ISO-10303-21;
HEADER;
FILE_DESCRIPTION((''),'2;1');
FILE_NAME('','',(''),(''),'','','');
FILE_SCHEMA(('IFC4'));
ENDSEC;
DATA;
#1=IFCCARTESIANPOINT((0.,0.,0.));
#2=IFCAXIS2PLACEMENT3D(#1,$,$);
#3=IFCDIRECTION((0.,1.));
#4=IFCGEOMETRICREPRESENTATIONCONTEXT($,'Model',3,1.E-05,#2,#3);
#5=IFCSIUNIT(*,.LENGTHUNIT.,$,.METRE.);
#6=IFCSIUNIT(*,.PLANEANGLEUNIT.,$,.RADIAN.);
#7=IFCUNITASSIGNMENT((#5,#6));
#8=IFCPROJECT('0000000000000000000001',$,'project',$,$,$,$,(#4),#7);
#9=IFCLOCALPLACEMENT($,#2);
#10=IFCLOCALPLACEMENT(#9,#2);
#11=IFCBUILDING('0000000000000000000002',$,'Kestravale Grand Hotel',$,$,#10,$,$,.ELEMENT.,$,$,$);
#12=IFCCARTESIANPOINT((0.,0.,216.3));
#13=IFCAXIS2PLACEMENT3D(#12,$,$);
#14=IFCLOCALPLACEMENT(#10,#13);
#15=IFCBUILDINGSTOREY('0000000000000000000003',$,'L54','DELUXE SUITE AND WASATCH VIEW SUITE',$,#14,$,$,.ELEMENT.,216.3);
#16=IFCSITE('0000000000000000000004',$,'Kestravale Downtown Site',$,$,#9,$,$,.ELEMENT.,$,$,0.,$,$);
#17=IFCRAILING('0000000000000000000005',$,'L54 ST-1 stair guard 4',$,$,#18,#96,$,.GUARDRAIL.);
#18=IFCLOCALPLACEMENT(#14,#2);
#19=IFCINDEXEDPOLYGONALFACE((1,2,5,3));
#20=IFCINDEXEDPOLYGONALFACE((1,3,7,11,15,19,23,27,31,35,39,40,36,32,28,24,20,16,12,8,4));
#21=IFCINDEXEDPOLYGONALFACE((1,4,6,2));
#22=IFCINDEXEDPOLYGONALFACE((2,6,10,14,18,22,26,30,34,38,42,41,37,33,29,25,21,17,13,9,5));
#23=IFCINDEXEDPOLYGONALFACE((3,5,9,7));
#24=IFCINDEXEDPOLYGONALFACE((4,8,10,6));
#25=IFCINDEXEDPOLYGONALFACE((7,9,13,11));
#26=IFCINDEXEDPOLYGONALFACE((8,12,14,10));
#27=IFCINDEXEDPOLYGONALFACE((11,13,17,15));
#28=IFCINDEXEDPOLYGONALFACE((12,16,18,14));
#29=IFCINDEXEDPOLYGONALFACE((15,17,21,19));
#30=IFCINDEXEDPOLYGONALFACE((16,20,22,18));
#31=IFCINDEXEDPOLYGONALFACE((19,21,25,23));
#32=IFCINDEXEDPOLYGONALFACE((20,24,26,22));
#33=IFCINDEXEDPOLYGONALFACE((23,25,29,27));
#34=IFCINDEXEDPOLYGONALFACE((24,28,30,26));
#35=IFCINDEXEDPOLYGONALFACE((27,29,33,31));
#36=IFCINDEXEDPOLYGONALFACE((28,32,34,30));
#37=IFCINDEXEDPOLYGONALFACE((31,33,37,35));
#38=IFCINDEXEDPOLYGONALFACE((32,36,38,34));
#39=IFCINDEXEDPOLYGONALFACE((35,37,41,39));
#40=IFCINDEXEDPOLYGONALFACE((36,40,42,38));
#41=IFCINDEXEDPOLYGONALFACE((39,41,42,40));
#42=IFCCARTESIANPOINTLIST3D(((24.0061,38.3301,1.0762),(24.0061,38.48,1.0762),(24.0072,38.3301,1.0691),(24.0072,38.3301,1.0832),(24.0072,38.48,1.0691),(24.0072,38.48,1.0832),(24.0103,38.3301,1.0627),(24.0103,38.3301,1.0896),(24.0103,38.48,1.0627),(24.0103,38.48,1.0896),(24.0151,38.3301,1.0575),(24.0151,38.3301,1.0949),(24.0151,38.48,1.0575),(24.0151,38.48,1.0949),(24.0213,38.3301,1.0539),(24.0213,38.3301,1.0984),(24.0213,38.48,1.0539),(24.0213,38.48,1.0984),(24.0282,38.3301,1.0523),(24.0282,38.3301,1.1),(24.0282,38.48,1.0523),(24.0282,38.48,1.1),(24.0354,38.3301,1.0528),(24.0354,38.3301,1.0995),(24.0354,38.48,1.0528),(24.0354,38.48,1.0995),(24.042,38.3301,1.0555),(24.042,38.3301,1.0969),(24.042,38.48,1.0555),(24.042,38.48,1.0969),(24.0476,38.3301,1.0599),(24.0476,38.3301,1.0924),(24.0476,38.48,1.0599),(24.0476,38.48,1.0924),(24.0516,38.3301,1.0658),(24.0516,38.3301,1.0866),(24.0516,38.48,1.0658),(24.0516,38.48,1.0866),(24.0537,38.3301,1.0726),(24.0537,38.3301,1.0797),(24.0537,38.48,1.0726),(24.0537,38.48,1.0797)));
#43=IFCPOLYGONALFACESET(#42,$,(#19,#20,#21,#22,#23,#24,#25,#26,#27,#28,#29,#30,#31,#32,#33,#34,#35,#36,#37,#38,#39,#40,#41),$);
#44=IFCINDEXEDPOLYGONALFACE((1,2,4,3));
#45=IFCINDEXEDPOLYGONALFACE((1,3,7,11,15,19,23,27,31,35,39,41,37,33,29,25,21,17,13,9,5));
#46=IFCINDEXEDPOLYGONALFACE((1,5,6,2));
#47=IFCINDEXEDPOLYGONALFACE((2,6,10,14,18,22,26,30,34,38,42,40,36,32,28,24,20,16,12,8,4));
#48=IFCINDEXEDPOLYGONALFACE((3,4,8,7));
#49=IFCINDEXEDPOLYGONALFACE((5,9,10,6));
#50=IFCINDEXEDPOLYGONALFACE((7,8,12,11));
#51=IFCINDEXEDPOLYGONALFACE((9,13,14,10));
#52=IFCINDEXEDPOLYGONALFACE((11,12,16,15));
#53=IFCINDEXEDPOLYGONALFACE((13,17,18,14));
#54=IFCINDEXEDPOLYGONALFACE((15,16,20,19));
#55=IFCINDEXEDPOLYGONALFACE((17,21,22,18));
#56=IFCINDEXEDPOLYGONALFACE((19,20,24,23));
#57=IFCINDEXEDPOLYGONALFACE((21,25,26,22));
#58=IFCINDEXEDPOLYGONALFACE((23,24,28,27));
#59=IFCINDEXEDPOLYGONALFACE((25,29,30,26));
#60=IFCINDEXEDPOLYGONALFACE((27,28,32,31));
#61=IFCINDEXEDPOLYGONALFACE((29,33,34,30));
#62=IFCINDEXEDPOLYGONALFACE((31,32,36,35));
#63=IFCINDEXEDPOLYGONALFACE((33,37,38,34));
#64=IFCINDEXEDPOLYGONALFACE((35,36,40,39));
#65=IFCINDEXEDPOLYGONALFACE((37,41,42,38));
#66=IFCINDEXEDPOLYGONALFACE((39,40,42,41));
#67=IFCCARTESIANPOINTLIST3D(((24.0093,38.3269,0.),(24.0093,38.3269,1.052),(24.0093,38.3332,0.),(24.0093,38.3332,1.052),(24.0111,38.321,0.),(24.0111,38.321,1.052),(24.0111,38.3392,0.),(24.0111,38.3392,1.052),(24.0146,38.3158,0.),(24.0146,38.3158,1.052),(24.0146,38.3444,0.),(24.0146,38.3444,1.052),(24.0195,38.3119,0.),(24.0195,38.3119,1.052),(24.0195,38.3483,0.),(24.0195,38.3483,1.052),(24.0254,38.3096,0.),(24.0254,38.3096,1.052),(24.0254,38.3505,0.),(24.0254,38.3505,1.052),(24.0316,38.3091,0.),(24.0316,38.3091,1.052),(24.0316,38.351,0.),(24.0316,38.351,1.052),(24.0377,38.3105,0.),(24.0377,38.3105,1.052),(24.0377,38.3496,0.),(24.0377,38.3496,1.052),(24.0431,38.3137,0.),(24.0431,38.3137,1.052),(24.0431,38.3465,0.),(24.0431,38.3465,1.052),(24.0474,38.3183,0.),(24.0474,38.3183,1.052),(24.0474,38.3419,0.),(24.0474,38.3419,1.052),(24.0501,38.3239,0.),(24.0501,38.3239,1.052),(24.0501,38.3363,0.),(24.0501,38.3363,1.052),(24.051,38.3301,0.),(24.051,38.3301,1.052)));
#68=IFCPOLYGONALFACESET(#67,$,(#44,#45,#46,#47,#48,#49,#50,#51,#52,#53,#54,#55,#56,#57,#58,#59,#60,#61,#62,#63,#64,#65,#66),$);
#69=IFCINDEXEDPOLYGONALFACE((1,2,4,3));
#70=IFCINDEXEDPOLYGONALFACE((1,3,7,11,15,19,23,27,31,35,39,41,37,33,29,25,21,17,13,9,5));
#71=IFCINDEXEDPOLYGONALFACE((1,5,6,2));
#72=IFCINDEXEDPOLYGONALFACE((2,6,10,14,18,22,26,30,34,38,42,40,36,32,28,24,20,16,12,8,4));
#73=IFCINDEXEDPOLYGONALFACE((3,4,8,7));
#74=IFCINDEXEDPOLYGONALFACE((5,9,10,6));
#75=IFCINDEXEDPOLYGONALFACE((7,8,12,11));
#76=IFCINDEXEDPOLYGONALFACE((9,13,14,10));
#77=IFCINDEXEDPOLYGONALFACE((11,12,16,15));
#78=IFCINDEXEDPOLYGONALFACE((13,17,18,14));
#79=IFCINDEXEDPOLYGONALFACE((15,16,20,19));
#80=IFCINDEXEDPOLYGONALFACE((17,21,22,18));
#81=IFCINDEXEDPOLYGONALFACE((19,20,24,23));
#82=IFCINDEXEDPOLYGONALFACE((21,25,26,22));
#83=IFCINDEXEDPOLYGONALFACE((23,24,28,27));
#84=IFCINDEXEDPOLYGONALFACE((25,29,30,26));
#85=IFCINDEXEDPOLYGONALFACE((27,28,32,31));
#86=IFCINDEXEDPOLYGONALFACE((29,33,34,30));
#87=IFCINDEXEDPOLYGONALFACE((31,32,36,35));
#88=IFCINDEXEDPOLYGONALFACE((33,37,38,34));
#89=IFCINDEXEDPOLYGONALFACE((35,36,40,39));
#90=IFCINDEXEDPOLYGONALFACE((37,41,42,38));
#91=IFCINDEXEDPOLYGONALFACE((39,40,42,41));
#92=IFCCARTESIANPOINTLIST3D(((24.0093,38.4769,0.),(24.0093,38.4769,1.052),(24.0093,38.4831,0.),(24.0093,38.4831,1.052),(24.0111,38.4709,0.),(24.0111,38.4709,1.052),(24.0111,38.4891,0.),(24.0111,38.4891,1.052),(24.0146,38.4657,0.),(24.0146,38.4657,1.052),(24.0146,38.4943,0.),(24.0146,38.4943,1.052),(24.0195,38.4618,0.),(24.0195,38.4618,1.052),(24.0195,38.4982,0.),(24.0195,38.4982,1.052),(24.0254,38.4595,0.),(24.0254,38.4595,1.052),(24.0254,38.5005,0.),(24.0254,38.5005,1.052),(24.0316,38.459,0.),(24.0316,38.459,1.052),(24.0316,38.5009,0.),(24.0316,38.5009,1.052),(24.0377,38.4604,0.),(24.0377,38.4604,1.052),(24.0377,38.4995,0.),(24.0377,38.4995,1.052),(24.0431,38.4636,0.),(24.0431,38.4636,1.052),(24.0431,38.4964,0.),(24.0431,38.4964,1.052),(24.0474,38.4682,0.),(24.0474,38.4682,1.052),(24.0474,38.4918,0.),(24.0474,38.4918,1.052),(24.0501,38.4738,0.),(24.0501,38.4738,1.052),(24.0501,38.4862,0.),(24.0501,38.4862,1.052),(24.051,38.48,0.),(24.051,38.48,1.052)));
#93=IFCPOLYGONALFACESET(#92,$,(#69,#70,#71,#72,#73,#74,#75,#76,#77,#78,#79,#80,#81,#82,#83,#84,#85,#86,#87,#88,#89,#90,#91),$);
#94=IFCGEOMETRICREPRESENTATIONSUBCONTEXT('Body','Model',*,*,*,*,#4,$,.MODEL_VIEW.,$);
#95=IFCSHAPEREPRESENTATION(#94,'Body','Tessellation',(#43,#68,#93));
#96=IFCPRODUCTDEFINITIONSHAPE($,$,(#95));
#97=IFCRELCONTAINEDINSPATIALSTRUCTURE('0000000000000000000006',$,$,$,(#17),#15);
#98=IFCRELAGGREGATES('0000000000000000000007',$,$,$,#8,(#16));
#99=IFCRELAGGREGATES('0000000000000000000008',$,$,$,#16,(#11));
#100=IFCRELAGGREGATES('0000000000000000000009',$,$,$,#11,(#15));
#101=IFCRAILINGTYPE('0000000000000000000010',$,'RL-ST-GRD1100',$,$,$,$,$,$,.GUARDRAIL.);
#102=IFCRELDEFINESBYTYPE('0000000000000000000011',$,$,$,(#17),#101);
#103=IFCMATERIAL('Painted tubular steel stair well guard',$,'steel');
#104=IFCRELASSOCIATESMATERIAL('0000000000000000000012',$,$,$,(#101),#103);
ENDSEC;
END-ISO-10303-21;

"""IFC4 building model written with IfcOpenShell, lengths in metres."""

from ifc_helpers import new_model, si_unit, direction, frame, origin, origin_2d, place, context, subcontext, project, spatial, circle, extrude, material, type_object, element, save


model = new_model("IFC4")

# Units and contexts
model_context = context("Model", 3, precision=1e-05, world=origin(), true_north=direction((0.0, 1.0)))
body_context = subcontext(model_context, "Body", "Model", "MODEL_VIEW")
ifc_project = project(units=[si_unit("LENGTHUNIT", "METRE"), si_unit("PLANEANGLEUNIT", "RADIAN")], contexts=[model_context])

# Site, building, storey
site_placement = place(None, origin())
site = spatial("IfcSite", under=ifc_project, at=site_placement, Name="Kestravale Downtown Site", CompositionType="ELEMENT", RefElevation=0.0)
building_placement = place(site_placement, origin())
building = spatial("IfcBuilding", under=site, at=building_placement, Name="Kestravale Grand Hotel", CompositionType="ELEMENT")
storey_placement = place(building_placement, frame((0.0, 0.0, 216.3)))
storey = spatial("IfcBuildingStorey", under=building, at=storey_placement, Name="L54", Description="DELUXE SUITE AND WASATCH VIEW SUITE", CompositionType="ELEMENT", Elevation=216.3)

# Railing
ifc_material_1 = material(Name="Painted tubular steel stair well guard", Category="steel")
railing_type_1 = type_object("IfcRailingType", Name="RL-ST-GRD1100", PredefinedType="GUARDRAIL", material=ifc_material_1)
railing_1_placement = place(storey_placement, frame((24.03, 38.3301, 0.0)))
element("IfcRailing", 1, at=railing_1_placement, inside=storey, type_object=railing_type_1, Name="L54 ST-1 stair guard 4", PredefinedType="GUARDRAIL", context=body_context, shape_type="SweptSolid", body=[
    extrude(circle(Radius=0.0239, at=origin_2d()), frame((0.0, 0.0, 1.0762), z_axis=(0.0, 1.0, 0.0), x_axis=(-1.0, 0.0, 0.0)), (0.0, 0.0, 1.0), 0.1499),
    extrude(circle(Radius=0.021, at=origin_2d()), origin(), (0.0, 0.0, 1.0), 1.052),
    extrude(circle(Radius=0.021, at=origin_2d()), frame((0.0, 0.1499, 0.0)), (0.0, 0.0, 1.0), 1.052),
])

save(model, "model.ifc")
